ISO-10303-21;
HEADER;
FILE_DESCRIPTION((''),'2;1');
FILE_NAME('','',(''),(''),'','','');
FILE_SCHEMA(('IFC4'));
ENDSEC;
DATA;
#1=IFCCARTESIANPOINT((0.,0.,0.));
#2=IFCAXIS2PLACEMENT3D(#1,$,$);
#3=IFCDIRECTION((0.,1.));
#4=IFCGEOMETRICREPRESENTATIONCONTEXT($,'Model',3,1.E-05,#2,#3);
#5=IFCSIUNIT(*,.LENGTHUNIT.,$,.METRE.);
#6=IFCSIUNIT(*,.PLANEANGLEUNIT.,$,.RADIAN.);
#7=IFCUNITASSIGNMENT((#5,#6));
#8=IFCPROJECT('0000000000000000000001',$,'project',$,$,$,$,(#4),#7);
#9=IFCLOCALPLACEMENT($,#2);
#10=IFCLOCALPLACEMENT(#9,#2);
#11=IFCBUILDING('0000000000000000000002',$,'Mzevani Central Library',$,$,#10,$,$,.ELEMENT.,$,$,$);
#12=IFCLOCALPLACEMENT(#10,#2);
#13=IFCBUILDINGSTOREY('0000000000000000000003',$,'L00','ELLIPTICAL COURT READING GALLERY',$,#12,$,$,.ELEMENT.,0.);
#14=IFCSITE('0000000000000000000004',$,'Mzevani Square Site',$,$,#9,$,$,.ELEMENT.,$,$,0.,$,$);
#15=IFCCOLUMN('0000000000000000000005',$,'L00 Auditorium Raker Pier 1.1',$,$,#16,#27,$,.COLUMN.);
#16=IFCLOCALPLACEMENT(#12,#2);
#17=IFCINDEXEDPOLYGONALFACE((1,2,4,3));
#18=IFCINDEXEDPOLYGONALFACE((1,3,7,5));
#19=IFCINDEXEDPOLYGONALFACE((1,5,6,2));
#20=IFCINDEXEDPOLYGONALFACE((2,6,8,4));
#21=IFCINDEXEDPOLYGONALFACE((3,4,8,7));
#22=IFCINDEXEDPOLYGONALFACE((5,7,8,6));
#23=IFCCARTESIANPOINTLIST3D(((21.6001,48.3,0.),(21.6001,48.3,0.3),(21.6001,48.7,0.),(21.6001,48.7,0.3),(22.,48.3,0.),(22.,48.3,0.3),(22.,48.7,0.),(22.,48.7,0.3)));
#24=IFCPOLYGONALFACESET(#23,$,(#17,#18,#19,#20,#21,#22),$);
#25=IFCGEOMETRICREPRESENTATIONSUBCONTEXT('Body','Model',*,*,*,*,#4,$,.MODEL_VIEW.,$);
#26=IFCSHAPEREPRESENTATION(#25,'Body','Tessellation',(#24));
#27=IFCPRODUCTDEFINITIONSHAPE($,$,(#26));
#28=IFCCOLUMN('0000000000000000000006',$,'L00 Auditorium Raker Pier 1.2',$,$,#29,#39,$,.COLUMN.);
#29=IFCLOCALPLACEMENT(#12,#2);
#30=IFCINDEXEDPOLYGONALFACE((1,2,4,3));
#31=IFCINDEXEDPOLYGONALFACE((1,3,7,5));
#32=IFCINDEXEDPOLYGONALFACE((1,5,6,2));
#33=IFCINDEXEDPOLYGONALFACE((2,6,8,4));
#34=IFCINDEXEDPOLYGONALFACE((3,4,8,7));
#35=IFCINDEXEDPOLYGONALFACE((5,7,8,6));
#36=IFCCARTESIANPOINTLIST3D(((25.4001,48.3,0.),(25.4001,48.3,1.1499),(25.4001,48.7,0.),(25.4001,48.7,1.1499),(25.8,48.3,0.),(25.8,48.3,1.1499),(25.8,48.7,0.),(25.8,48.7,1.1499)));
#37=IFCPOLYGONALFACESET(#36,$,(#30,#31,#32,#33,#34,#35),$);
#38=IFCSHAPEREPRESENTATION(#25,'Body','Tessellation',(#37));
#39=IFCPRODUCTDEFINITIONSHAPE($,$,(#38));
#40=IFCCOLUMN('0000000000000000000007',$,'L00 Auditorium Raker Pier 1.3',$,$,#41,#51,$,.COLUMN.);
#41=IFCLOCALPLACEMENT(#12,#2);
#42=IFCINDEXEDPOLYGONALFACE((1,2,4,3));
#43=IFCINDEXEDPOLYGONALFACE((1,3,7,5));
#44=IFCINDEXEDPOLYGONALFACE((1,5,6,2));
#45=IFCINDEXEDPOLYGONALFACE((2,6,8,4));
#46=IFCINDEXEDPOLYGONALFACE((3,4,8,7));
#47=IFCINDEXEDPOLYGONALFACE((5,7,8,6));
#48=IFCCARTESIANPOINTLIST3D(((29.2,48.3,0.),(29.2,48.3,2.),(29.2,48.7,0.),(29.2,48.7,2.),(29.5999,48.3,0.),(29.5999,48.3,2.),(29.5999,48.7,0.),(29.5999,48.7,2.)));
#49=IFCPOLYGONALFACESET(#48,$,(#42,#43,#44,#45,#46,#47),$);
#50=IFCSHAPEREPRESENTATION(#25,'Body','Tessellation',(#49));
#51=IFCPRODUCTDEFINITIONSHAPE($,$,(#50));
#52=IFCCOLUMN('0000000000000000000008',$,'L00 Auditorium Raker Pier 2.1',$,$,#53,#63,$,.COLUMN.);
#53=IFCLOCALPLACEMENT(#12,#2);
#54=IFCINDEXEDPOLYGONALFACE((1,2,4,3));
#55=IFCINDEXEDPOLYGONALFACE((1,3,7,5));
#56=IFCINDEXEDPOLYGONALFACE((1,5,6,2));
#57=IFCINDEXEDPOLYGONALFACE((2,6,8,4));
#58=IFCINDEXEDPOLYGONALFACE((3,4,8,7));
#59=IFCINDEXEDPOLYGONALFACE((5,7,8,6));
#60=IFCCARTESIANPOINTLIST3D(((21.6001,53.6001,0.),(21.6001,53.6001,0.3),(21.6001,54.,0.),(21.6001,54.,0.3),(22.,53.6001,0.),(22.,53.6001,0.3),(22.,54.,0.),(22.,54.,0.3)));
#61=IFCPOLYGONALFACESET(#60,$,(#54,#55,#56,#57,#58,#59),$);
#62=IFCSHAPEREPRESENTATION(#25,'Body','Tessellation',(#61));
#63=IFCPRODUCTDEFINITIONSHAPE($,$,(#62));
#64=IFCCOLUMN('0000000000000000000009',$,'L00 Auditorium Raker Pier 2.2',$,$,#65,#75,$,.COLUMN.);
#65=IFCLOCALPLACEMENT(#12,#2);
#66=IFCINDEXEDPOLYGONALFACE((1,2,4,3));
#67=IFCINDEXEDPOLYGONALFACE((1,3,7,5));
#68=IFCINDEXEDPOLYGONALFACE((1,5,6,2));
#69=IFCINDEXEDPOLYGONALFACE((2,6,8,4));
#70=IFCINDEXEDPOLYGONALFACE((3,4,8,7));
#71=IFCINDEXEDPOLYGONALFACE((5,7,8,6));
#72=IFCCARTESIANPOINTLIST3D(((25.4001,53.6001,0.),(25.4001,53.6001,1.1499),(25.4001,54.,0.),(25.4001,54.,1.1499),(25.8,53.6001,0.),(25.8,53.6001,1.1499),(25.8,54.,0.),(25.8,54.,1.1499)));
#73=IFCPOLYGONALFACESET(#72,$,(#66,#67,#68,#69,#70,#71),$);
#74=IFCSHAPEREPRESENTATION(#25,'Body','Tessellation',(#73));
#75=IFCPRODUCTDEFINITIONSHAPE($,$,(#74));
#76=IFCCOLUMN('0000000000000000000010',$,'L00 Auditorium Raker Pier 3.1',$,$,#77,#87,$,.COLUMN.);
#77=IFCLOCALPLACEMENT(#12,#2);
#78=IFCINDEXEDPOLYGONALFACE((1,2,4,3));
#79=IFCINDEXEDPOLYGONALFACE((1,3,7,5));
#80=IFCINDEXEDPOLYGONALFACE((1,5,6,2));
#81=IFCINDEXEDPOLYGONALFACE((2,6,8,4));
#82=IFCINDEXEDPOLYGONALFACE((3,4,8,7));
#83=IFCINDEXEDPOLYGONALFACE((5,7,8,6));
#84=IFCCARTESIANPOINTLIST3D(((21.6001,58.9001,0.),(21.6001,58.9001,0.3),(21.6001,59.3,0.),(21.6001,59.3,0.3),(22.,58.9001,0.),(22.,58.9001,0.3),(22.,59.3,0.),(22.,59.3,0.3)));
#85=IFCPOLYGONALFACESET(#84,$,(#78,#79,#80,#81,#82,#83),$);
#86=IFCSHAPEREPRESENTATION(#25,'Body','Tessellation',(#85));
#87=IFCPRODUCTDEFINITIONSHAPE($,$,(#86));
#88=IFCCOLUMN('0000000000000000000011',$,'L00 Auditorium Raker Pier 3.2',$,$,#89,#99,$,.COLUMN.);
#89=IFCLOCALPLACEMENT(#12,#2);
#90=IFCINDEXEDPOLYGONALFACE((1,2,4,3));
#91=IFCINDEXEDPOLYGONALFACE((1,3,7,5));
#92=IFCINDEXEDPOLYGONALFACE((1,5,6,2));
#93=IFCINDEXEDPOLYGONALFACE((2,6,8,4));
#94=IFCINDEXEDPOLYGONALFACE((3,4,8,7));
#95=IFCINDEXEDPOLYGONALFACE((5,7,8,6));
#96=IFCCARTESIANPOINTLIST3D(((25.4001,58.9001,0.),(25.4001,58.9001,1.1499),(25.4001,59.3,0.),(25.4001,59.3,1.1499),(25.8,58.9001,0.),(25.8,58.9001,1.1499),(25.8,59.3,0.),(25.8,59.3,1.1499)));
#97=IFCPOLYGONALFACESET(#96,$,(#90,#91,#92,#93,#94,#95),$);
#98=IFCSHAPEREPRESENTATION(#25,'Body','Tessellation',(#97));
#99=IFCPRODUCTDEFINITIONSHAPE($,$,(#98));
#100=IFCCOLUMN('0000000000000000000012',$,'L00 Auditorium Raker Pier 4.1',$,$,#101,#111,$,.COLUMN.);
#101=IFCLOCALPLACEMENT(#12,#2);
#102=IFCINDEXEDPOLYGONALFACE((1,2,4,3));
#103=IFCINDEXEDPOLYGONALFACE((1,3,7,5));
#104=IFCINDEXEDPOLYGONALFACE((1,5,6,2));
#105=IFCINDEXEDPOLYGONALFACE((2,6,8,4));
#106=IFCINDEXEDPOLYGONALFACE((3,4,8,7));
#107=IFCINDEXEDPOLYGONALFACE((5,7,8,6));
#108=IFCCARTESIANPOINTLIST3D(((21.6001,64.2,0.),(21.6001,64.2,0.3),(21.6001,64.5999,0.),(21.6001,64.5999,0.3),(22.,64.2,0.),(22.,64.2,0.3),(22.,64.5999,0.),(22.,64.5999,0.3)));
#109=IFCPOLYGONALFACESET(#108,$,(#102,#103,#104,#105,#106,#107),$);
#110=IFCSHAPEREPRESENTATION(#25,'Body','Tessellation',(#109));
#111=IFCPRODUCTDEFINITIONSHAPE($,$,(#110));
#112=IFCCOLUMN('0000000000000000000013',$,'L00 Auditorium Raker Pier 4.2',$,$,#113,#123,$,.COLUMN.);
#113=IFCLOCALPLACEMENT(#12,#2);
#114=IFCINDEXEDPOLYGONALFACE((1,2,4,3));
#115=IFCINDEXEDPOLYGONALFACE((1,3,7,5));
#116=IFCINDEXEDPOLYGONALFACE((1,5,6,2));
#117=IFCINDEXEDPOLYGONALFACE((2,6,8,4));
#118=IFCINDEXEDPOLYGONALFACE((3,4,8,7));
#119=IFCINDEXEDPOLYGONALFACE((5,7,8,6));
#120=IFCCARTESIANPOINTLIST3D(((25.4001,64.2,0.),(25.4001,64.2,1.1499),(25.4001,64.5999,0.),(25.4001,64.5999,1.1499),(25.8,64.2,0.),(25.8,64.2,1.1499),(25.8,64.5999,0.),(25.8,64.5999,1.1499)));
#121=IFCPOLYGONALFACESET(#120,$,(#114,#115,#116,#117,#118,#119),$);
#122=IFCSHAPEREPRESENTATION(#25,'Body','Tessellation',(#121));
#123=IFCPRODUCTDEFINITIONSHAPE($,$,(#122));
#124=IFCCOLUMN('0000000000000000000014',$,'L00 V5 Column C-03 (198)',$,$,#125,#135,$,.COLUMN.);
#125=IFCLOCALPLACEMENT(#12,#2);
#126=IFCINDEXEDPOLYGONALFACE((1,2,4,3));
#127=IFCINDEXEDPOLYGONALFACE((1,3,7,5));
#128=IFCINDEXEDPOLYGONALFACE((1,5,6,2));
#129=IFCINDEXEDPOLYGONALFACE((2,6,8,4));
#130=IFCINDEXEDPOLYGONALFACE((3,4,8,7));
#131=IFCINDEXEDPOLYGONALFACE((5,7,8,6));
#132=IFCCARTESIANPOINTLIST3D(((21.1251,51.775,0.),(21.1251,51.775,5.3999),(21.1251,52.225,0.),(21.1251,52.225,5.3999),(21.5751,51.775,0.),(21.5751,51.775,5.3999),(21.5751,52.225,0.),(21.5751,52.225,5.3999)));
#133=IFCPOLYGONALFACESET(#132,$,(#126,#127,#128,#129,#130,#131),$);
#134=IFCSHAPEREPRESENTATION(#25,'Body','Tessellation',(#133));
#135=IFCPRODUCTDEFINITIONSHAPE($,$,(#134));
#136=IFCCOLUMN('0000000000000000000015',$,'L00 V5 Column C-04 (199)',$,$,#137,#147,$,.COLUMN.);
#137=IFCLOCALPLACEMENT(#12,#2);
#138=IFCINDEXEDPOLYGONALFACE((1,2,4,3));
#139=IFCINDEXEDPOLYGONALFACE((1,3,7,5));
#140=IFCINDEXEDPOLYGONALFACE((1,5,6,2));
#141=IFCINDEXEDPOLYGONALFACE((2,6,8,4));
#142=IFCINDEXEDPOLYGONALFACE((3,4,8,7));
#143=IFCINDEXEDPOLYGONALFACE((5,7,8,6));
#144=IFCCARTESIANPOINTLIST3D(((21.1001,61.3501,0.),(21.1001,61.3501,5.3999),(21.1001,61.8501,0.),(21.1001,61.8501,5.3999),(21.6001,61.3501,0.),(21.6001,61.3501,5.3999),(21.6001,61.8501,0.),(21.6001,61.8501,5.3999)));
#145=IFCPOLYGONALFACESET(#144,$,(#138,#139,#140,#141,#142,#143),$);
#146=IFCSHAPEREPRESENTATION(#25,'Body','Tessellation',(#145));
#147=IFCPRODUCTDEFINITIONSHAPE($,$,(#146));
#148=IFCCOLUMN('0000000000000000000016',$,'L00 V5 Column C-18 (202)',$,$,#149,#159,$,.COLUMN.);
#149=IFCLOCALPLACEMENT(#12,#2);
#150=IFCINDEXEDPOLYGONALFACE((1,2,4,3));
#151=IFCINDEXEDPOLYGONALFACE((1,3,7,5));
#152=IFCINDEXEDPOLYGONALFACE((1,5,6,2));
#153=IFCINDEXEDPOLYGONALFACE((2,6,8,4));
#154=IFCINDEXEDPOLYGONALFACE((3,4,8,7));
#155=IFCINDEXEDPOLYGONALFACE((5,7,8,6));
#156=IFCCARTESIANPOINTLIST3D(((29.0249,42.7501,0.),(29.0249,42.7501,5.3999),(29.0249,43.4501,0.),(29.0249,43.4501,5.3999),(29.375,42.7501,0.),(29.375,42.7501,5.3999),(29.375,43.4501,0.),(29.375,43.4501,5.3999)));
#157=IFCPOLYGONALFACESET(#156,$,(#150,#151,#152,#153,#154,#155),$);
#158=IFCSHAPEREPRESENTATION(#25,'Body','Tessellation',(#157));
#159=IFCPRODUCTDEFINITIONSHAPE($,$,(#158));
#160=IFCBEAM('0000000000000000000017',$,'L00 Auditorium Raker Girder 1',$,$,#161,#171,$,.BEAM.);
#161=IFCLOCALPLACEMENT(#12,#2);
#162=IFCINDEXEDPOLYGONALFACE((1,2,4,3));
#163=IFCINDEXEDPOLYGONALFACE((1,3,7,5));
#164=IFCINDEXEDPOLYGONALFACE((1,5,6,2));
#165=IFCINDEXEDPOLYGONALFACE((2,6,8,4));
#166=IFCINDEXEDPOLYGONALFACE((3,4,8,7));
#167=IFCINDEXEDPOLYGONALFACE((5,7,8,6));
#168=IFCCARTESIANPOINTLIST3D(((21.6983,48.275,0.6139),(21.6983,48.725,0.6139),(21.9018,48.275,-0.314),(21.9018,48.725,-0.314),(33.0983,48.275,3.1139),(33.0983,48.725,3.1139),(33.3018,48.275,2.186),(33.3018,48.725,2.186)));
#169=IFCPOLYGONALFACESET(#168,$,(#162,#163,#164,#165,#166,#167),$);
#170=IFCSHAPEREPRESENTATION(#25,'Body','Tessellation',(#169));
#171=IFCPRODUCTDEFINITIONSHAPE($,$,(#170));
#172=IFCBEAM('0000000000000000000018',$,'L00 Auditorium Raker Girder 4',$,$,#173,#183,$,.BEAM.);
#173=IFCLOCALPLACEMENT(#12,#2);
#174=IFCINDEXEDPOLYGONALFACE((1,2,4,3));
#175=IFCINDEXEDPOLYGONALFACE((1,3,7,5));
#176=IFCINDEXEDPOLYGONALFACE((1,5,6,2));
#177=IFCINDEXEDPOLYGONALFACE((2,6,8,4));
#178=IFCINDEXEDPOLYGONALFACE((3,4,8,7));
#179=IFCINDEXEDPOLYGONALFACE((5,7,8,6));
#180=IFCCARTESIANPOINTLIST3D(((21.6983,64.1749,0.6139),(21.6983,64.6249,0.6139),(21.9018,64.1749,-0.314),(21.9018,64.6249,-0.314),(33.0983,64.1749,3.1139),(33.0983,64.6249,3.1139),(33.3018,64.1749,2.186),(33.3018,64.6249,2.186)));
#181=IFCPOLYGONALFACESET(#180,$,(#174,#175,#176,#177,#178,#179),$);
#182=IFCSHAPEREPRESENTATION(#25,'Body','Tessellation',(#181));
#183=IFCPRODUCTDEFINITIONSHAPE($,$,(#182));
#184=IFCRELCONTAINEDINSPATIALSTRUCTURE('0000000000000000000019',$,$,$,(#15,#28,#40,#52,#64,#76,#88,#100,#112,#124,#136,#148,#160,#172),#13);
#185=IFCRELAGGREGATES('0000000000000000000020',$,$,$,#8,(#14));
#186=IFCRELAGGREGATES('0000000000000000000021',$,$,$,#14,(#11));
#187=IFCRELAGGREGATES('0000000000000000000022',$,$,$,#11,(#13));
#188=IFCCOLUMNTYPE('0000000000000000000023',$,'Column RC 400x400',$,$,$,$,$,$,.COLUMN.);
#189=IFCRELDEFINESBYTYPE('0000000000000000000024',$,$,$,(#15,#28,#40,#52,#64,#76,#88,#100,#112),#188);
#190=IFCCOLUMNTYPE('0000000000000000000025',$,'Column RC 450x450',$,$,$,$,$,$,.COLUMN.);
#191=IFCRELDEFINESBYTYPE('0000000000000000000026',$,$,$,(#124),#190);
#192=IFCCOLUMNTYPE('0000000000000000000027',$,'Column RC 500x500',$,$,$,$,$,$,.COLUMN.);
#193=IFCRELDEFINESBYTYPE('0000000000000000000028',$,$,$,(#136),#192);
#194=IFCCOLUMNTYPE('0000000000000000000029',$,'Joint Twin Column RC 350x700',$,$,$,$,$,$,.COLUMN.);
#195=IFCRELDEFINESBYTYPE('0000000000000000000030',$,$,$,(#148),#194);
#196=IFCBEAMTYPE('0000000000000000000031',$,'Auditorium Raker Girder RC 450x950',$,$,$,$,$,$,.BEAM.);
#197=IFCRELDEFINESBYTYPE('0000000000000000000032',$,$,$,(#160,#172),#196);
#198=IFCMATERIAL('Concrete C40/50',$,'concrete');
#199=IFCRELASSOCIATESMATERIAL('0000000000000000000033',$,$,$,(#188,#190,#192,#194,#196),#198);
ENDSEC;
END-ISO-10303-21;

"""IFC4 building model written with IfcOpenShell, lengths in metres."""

from ifc_helpers import new_model, si_unit, direction, frame, origin, origin_2d, place, context, subcontext, project, spatial, rectangle, extrude, material, material_profile, profile_set, type_object, element, save


model = new_model("IFC4")

# Units and contexts
model_context = context("Model", 3, precision=1e-05, world=origin(), true_north=direction((0.0, 1.0)))
body_context = subcontext(model_context, "Body", "Model", "MODEL_VIEW")
ifc_project = project(units=[si_unit("LENGTHUNIT", "METRE"), si_unit("PLANEANGLEUNIT", "RADIAN")], contexts=[model_context])

# Site, building, storey
site_placement = place(None, origin())
site = spatial("IfcSite", under=ifc_project, at=site_placement, Name="Mzevani Square Site", CompositionType="ELEMENT", RefElevation=0.0)
building_placement = place(site_placement, origin())
building = spatial("IfcBuilding", under=site, at=building_placement, Name="Mzevani Central Library", CompositionType="ELEMENT")
storey_placement = place(building_placement, origin())
storey = spatial("IfcBuildingStorey", under=building, at=storey_placement, Name="L00", Description="ELLIPTICAL COURT READING GALLERY", CompositionType="ELEMENT", Elevation=0.0)

# Columns
ifc_material_1 = material(Name="Concrete C40/50", Category="concrete")
ifc_material_profile_1 = material_profile(ifc_material_1, rectangle(XDim=0.3999, YDim=0.3999, at=origin_2d()), Name="RC 400x400")
ifc_profile_set_1 = profile_set([ifc_material_profile_1], Name="Concrete C40/50")
column_type_1 = type_object("IfcColumnType", Name="Column RC 400x400", PredefinedType="COLUMN", material=ifc_profile_set_1)
column_1_placement = place(storey_placement, frame((21.8, 48.5, 0.0), z_axis=(0.0, 0.0, 1.0), x_axis=(1.0, 0.0, 0.0)))
element("IfcColumn", 1, at=column_1_placement, inside=storey, type_object=column_type_1, Name="L00 Auditorium Raker Pier 1.1", PredefinedType="COLUMN", context=body_context, shape_type="SweptSolid", body=[
    extrude(rectangle(XDim=0.3999, YDim=0.3999, at=origin_2d()), origin(), (0.0, 0.0, 1.0), 0.3),
])
column_2_placement = place(storey_placement, frame((25.6001, 48.5, 0.0), z_axis=(0.0, 0.0, 1.0), x_axis=(1.0, 0.0, 0.0)))
element("IfcColumn", 2, at=column_2_placement, inside=storey, type_object=column_type_1, Name="L00 Auditorium Raker Pier 1.2", PredefinedType="COLUMN", context=body_context, shape_type="SweptSolid", body=[
    extrude(rectangle(XDim=0.3999, YDim=0.3999, at=origin_2d()), origin(), (0.0, 0.0, 1.0), 1.1499),
])
column_3_placement = place(storey_placement, frame((29.3999, 48.5, 0.0), z_axis=(0.0, 0.0, 1.0), x_axis=(1.0, 0.0, 0.0)))
element("IfcColumn", 3, at=column_3_placement, inside=storey, type_object=column_type_1, Name="L00 Auditorium Raker Pier 1.3", PredefinedType="COLUMN", context=body_context, shape_type="SweptSolid", body=[
    extrude(rectangle(XDim=0.3999, YDim=0.3999, at=origin_2d()), origin(), (0.0, 0.0, 1.0), 2.0),
])
column_4_placement = place(storey_placement, frame((21.8, 53.8, 0.0), z_axis=(0.0, 0.0, 1.0), x_axis=(1.0, 0.0, 0.0)))
element("IfcColumn", 4, at=column_4_placement, inside=storey, type_object=column_type_1, Name="L00 Auditorium Raker Pier 2.1", PredefinedType="COLUMN", context=body_context, shape_type="SweptSolid", body=[
    extrude(rectangle(XDim=0.3999, YDim=0.3999, at=origin_2d()), origin(), (0.0, 0.0, 1.0), 0.3),
])
column_5_placement = place(storey_placement, frame((25.6001, 53.8, 0.0), z_axis=(0.0, 0.0, 1.0), x_axis=(1.0, 0.0, 0.0)))
element("IfcColumn", 5, at=column_5_placement, inside=storey, type_object=column_type_1, Name="L00 Auditorium Raker Pier 2.2", PredefinedType="COLUMN", context=body_context, shape_type="SweptSolid", body=[
    extrude(rectangle(XDim=0.3999, YDim=0.3999, at=origin_2d()), origin(), (0.0, 0.0, 1.0), 1.1499),
])
column_6_placement = place(storey_placement, frame((21.8, 59.1001, 0.0), z_axis=(0.0, 0.0, 1.0), x_axis=(1.0, 0.0, 0.0)))
element("IfcColumn", 6, at=column_6_placement, inside=storey, type_object=column_type_1, Name="L00 Auditorium Raker Pier 3.1", PredefinedType="COLUMN", context=body_context, shape_type="SweptSolid", body=[
    extrude(rectangle(XDim=0.3999, YDim=0.3999, at=origin_2d()), origin(), (0.0, 0.0, 1.0), 0.3),
])
column_7_placement = place(storey_placement, frame((25.6001, 59.1001, 0.0), z_axis=(0.0, 0.0, 1.0), x_axis=(1.0, 0.0, 0.0)))
element("IfcColumn", 7, at=column_7_placement, inside=storey, type_object=column_type_1, Name="L00 Auditorium Raker Pier 3.2", PredefinedType="COLUMN", context=body_context, shape_type="SweptSolid", body=[
    extrude(rectangle(XDim=0.3999, YDim=0.3999, at=origin_2d()), origin(), (0.0, 0.0, 1.0), 1.1499),
])
column_8_placement = place(storey_placement, frame((21.8, 64.3999, 0.0), z_axis=(0.0, 0.0, 1.0), x_axis=(1.0, 0.0, 0.0)))
element("IfcColumn", 8, at=column_8_placement, inside=storey, type_object=column_type_1, Name="L00 Auditorium Raker Pier 4.1", PredefinedType="COLUMN", context=body_context, shape_type="SweptSolid", body=[
    extrude(rectangle(XDim=0.3999, YDim=0.3999, at=origin_2d()), origin(), (0.0, 0.0, 1.0), 0.3),
])
column_9_placement = place(storey_placement, frame((25.6001, 64.3999, 0.0), z_axis=(0.0, 0.0, 1.0), x_axis=(1.0, 0.0, 0.0)))
element("IfcColumn", 9, at=column_9_placement, inside=storey, type_object=column_type_1, Name="L00 Auditorium Raker Pier 4.2", PredefinedType="COLUMN", context=body_context, shape_type="SweptSolid", body=[
    extrude(rectangle(XDim=0.3999, YDim=0.3999, at=origin_2d()), origin(), (0.0, 0.0, 1.0), 1.1499),
])
ifc_material_profile_2 = material_profile(ifc_material_1, rectangle(XDim=0.45, YDim=0.45, at=origin_2d()), Name="RC 450x450")
ifc_profile_set_2 = profile_set([ifc_material_profile_2], Name="Concrete C40/50")
column_type_2 = type_object("IfcColumnType", Name="Column RC 450x450", PredefinedType="COLUMN", material=ifc_profile_set_2)
column_10_placement = place(storey_placement, frame((21.3501, 52.0, 0.0), z_axis=(0.0, 0.0, 1.0), x_axis=(1.0, 0.0, 0.0)))
element("IfcColumn", 10, at=column_10_placement, inside=storey, type_object=column_type_2, Name="L00 V5 Column C-03 (198)", PredefinedType="COLUMN", context=body_context, shape_type="SweptSolid", body=[
    extrude(rectangle(XDim=0.45, YDim=0.45, at=origin_2d()), origin(), (0.0, 0.0, 1.0), 5.3999),
])
ifc_material_profile_3 = material_profile(ifc_material_1, rectangle(XDim=0.5, YDim=0.5, at=origin_2d()), Name="RC 500x500")
ifc_profile_set_3 = profile_set([ifc_material_profile_3], Name="Concrete C40/50")
column_type_3 = type_object("IfcColumnType", Name="Column RC 500x500", PredefinedType="COLUMN", material=ifc_profile_set_3)
column_11_placement = place(storey_placement, frame((21.3501, 61.6001, 0.0), z_axis=(0.0, 0.0, 1.0), x_axis=(1.0, 0.0, 0.0)))
element("IfcColumn", 11, at=column_11_placement, inside=storey, type_object=column_type_3, Name="L00 V5 Column C-04 (199)", PredefinedType="COLUMN", context=body_context, shape_type="SweptSolid", body=[
    extrude(rectangle(XDim=0.5, YDim=0.5, at=origin_2d()), origin(), (0.0, 0.0, 1.0), 5.3999),
])
ifc_material_profile_4 = material_profile(ifc_material_1, rectangle(XDim=0.3501, YDim=0.7, at=origin_2d()), Name="RC 350x700")
ifc_profile_set_4 = profile_set([ifc_material_profile_4], Name="Concrete C40/50")
column_type_4 = type_object("IfcColumnType", Name="Joint Twin Column RC 350x700", PredefinedType="COLUMN", material=ifc_profile_set_4)
column_12_placement = place(storey_placement, frame((29.2, 43.1001, 0.0), z_axis=(0.0, 0.0, 1.0), x_axis=(1.0, 0.0, 0.0)))
element("IfcColumn", 12, at=column_12_placement, inside=storey, type_object=column_type_4, Name="L00 V5 Column C-18 (202)", PredefinedType="COLUMN", context=body_context, shape_type="SweptSolid", body=[
    extrude(rectangle(XDim=0.3501, YDim=0.7, at=origin_2d()), origin(), (0.0, 0.0, 1.0), 5.3999),
])

# Beams
ifc_material_profile_5 = material_profile(ifc_material_1, rectangle(XDim=0.45, YDim=0.95, at=origin_2d()), Name="RC RK450x950")
ifc_profile_set_5 = profile_set([ifc_material_profile_5], Name="Concrete C40/50")
beam_type_1 = type_object("IfcBeamType", Name="Auditorium Raker Girder RC 450x950", PredefinedType="BEAM", material=ifc_profile_set_5)
for number, where, z_axis, x_axis, name in (
    (13, (21.8, 48.5, 0.1499), (0.976788, 0.0, 0.21421), (0.0, 1.0, 0.0), "L00 Auditorium Raker Girder 1"),
    (14, (21.8, 64.3999, 0.1499), (0.976788, 0.0, 0.21421), (0.0, 1.0, 0.0), "L00 Auditorium Raker Girder 4"),
):
    element("IfcBeam", number, at=place(storey_placement, frame(where, z_axis=z_axis, x_axis=x_axis)), inside=storey, type_object=beam_type_1, Name=name, PredefinedType="BEAM", context=body_context, shape_type="SweptSolid", body=[
        extrude(rectangle(XDim=0.45, YDim=0.95, at=origin_2d()), origin(), (0.0, 0.0, 1.0), 11.6709),
    ])

save(model, "model.ifc")
